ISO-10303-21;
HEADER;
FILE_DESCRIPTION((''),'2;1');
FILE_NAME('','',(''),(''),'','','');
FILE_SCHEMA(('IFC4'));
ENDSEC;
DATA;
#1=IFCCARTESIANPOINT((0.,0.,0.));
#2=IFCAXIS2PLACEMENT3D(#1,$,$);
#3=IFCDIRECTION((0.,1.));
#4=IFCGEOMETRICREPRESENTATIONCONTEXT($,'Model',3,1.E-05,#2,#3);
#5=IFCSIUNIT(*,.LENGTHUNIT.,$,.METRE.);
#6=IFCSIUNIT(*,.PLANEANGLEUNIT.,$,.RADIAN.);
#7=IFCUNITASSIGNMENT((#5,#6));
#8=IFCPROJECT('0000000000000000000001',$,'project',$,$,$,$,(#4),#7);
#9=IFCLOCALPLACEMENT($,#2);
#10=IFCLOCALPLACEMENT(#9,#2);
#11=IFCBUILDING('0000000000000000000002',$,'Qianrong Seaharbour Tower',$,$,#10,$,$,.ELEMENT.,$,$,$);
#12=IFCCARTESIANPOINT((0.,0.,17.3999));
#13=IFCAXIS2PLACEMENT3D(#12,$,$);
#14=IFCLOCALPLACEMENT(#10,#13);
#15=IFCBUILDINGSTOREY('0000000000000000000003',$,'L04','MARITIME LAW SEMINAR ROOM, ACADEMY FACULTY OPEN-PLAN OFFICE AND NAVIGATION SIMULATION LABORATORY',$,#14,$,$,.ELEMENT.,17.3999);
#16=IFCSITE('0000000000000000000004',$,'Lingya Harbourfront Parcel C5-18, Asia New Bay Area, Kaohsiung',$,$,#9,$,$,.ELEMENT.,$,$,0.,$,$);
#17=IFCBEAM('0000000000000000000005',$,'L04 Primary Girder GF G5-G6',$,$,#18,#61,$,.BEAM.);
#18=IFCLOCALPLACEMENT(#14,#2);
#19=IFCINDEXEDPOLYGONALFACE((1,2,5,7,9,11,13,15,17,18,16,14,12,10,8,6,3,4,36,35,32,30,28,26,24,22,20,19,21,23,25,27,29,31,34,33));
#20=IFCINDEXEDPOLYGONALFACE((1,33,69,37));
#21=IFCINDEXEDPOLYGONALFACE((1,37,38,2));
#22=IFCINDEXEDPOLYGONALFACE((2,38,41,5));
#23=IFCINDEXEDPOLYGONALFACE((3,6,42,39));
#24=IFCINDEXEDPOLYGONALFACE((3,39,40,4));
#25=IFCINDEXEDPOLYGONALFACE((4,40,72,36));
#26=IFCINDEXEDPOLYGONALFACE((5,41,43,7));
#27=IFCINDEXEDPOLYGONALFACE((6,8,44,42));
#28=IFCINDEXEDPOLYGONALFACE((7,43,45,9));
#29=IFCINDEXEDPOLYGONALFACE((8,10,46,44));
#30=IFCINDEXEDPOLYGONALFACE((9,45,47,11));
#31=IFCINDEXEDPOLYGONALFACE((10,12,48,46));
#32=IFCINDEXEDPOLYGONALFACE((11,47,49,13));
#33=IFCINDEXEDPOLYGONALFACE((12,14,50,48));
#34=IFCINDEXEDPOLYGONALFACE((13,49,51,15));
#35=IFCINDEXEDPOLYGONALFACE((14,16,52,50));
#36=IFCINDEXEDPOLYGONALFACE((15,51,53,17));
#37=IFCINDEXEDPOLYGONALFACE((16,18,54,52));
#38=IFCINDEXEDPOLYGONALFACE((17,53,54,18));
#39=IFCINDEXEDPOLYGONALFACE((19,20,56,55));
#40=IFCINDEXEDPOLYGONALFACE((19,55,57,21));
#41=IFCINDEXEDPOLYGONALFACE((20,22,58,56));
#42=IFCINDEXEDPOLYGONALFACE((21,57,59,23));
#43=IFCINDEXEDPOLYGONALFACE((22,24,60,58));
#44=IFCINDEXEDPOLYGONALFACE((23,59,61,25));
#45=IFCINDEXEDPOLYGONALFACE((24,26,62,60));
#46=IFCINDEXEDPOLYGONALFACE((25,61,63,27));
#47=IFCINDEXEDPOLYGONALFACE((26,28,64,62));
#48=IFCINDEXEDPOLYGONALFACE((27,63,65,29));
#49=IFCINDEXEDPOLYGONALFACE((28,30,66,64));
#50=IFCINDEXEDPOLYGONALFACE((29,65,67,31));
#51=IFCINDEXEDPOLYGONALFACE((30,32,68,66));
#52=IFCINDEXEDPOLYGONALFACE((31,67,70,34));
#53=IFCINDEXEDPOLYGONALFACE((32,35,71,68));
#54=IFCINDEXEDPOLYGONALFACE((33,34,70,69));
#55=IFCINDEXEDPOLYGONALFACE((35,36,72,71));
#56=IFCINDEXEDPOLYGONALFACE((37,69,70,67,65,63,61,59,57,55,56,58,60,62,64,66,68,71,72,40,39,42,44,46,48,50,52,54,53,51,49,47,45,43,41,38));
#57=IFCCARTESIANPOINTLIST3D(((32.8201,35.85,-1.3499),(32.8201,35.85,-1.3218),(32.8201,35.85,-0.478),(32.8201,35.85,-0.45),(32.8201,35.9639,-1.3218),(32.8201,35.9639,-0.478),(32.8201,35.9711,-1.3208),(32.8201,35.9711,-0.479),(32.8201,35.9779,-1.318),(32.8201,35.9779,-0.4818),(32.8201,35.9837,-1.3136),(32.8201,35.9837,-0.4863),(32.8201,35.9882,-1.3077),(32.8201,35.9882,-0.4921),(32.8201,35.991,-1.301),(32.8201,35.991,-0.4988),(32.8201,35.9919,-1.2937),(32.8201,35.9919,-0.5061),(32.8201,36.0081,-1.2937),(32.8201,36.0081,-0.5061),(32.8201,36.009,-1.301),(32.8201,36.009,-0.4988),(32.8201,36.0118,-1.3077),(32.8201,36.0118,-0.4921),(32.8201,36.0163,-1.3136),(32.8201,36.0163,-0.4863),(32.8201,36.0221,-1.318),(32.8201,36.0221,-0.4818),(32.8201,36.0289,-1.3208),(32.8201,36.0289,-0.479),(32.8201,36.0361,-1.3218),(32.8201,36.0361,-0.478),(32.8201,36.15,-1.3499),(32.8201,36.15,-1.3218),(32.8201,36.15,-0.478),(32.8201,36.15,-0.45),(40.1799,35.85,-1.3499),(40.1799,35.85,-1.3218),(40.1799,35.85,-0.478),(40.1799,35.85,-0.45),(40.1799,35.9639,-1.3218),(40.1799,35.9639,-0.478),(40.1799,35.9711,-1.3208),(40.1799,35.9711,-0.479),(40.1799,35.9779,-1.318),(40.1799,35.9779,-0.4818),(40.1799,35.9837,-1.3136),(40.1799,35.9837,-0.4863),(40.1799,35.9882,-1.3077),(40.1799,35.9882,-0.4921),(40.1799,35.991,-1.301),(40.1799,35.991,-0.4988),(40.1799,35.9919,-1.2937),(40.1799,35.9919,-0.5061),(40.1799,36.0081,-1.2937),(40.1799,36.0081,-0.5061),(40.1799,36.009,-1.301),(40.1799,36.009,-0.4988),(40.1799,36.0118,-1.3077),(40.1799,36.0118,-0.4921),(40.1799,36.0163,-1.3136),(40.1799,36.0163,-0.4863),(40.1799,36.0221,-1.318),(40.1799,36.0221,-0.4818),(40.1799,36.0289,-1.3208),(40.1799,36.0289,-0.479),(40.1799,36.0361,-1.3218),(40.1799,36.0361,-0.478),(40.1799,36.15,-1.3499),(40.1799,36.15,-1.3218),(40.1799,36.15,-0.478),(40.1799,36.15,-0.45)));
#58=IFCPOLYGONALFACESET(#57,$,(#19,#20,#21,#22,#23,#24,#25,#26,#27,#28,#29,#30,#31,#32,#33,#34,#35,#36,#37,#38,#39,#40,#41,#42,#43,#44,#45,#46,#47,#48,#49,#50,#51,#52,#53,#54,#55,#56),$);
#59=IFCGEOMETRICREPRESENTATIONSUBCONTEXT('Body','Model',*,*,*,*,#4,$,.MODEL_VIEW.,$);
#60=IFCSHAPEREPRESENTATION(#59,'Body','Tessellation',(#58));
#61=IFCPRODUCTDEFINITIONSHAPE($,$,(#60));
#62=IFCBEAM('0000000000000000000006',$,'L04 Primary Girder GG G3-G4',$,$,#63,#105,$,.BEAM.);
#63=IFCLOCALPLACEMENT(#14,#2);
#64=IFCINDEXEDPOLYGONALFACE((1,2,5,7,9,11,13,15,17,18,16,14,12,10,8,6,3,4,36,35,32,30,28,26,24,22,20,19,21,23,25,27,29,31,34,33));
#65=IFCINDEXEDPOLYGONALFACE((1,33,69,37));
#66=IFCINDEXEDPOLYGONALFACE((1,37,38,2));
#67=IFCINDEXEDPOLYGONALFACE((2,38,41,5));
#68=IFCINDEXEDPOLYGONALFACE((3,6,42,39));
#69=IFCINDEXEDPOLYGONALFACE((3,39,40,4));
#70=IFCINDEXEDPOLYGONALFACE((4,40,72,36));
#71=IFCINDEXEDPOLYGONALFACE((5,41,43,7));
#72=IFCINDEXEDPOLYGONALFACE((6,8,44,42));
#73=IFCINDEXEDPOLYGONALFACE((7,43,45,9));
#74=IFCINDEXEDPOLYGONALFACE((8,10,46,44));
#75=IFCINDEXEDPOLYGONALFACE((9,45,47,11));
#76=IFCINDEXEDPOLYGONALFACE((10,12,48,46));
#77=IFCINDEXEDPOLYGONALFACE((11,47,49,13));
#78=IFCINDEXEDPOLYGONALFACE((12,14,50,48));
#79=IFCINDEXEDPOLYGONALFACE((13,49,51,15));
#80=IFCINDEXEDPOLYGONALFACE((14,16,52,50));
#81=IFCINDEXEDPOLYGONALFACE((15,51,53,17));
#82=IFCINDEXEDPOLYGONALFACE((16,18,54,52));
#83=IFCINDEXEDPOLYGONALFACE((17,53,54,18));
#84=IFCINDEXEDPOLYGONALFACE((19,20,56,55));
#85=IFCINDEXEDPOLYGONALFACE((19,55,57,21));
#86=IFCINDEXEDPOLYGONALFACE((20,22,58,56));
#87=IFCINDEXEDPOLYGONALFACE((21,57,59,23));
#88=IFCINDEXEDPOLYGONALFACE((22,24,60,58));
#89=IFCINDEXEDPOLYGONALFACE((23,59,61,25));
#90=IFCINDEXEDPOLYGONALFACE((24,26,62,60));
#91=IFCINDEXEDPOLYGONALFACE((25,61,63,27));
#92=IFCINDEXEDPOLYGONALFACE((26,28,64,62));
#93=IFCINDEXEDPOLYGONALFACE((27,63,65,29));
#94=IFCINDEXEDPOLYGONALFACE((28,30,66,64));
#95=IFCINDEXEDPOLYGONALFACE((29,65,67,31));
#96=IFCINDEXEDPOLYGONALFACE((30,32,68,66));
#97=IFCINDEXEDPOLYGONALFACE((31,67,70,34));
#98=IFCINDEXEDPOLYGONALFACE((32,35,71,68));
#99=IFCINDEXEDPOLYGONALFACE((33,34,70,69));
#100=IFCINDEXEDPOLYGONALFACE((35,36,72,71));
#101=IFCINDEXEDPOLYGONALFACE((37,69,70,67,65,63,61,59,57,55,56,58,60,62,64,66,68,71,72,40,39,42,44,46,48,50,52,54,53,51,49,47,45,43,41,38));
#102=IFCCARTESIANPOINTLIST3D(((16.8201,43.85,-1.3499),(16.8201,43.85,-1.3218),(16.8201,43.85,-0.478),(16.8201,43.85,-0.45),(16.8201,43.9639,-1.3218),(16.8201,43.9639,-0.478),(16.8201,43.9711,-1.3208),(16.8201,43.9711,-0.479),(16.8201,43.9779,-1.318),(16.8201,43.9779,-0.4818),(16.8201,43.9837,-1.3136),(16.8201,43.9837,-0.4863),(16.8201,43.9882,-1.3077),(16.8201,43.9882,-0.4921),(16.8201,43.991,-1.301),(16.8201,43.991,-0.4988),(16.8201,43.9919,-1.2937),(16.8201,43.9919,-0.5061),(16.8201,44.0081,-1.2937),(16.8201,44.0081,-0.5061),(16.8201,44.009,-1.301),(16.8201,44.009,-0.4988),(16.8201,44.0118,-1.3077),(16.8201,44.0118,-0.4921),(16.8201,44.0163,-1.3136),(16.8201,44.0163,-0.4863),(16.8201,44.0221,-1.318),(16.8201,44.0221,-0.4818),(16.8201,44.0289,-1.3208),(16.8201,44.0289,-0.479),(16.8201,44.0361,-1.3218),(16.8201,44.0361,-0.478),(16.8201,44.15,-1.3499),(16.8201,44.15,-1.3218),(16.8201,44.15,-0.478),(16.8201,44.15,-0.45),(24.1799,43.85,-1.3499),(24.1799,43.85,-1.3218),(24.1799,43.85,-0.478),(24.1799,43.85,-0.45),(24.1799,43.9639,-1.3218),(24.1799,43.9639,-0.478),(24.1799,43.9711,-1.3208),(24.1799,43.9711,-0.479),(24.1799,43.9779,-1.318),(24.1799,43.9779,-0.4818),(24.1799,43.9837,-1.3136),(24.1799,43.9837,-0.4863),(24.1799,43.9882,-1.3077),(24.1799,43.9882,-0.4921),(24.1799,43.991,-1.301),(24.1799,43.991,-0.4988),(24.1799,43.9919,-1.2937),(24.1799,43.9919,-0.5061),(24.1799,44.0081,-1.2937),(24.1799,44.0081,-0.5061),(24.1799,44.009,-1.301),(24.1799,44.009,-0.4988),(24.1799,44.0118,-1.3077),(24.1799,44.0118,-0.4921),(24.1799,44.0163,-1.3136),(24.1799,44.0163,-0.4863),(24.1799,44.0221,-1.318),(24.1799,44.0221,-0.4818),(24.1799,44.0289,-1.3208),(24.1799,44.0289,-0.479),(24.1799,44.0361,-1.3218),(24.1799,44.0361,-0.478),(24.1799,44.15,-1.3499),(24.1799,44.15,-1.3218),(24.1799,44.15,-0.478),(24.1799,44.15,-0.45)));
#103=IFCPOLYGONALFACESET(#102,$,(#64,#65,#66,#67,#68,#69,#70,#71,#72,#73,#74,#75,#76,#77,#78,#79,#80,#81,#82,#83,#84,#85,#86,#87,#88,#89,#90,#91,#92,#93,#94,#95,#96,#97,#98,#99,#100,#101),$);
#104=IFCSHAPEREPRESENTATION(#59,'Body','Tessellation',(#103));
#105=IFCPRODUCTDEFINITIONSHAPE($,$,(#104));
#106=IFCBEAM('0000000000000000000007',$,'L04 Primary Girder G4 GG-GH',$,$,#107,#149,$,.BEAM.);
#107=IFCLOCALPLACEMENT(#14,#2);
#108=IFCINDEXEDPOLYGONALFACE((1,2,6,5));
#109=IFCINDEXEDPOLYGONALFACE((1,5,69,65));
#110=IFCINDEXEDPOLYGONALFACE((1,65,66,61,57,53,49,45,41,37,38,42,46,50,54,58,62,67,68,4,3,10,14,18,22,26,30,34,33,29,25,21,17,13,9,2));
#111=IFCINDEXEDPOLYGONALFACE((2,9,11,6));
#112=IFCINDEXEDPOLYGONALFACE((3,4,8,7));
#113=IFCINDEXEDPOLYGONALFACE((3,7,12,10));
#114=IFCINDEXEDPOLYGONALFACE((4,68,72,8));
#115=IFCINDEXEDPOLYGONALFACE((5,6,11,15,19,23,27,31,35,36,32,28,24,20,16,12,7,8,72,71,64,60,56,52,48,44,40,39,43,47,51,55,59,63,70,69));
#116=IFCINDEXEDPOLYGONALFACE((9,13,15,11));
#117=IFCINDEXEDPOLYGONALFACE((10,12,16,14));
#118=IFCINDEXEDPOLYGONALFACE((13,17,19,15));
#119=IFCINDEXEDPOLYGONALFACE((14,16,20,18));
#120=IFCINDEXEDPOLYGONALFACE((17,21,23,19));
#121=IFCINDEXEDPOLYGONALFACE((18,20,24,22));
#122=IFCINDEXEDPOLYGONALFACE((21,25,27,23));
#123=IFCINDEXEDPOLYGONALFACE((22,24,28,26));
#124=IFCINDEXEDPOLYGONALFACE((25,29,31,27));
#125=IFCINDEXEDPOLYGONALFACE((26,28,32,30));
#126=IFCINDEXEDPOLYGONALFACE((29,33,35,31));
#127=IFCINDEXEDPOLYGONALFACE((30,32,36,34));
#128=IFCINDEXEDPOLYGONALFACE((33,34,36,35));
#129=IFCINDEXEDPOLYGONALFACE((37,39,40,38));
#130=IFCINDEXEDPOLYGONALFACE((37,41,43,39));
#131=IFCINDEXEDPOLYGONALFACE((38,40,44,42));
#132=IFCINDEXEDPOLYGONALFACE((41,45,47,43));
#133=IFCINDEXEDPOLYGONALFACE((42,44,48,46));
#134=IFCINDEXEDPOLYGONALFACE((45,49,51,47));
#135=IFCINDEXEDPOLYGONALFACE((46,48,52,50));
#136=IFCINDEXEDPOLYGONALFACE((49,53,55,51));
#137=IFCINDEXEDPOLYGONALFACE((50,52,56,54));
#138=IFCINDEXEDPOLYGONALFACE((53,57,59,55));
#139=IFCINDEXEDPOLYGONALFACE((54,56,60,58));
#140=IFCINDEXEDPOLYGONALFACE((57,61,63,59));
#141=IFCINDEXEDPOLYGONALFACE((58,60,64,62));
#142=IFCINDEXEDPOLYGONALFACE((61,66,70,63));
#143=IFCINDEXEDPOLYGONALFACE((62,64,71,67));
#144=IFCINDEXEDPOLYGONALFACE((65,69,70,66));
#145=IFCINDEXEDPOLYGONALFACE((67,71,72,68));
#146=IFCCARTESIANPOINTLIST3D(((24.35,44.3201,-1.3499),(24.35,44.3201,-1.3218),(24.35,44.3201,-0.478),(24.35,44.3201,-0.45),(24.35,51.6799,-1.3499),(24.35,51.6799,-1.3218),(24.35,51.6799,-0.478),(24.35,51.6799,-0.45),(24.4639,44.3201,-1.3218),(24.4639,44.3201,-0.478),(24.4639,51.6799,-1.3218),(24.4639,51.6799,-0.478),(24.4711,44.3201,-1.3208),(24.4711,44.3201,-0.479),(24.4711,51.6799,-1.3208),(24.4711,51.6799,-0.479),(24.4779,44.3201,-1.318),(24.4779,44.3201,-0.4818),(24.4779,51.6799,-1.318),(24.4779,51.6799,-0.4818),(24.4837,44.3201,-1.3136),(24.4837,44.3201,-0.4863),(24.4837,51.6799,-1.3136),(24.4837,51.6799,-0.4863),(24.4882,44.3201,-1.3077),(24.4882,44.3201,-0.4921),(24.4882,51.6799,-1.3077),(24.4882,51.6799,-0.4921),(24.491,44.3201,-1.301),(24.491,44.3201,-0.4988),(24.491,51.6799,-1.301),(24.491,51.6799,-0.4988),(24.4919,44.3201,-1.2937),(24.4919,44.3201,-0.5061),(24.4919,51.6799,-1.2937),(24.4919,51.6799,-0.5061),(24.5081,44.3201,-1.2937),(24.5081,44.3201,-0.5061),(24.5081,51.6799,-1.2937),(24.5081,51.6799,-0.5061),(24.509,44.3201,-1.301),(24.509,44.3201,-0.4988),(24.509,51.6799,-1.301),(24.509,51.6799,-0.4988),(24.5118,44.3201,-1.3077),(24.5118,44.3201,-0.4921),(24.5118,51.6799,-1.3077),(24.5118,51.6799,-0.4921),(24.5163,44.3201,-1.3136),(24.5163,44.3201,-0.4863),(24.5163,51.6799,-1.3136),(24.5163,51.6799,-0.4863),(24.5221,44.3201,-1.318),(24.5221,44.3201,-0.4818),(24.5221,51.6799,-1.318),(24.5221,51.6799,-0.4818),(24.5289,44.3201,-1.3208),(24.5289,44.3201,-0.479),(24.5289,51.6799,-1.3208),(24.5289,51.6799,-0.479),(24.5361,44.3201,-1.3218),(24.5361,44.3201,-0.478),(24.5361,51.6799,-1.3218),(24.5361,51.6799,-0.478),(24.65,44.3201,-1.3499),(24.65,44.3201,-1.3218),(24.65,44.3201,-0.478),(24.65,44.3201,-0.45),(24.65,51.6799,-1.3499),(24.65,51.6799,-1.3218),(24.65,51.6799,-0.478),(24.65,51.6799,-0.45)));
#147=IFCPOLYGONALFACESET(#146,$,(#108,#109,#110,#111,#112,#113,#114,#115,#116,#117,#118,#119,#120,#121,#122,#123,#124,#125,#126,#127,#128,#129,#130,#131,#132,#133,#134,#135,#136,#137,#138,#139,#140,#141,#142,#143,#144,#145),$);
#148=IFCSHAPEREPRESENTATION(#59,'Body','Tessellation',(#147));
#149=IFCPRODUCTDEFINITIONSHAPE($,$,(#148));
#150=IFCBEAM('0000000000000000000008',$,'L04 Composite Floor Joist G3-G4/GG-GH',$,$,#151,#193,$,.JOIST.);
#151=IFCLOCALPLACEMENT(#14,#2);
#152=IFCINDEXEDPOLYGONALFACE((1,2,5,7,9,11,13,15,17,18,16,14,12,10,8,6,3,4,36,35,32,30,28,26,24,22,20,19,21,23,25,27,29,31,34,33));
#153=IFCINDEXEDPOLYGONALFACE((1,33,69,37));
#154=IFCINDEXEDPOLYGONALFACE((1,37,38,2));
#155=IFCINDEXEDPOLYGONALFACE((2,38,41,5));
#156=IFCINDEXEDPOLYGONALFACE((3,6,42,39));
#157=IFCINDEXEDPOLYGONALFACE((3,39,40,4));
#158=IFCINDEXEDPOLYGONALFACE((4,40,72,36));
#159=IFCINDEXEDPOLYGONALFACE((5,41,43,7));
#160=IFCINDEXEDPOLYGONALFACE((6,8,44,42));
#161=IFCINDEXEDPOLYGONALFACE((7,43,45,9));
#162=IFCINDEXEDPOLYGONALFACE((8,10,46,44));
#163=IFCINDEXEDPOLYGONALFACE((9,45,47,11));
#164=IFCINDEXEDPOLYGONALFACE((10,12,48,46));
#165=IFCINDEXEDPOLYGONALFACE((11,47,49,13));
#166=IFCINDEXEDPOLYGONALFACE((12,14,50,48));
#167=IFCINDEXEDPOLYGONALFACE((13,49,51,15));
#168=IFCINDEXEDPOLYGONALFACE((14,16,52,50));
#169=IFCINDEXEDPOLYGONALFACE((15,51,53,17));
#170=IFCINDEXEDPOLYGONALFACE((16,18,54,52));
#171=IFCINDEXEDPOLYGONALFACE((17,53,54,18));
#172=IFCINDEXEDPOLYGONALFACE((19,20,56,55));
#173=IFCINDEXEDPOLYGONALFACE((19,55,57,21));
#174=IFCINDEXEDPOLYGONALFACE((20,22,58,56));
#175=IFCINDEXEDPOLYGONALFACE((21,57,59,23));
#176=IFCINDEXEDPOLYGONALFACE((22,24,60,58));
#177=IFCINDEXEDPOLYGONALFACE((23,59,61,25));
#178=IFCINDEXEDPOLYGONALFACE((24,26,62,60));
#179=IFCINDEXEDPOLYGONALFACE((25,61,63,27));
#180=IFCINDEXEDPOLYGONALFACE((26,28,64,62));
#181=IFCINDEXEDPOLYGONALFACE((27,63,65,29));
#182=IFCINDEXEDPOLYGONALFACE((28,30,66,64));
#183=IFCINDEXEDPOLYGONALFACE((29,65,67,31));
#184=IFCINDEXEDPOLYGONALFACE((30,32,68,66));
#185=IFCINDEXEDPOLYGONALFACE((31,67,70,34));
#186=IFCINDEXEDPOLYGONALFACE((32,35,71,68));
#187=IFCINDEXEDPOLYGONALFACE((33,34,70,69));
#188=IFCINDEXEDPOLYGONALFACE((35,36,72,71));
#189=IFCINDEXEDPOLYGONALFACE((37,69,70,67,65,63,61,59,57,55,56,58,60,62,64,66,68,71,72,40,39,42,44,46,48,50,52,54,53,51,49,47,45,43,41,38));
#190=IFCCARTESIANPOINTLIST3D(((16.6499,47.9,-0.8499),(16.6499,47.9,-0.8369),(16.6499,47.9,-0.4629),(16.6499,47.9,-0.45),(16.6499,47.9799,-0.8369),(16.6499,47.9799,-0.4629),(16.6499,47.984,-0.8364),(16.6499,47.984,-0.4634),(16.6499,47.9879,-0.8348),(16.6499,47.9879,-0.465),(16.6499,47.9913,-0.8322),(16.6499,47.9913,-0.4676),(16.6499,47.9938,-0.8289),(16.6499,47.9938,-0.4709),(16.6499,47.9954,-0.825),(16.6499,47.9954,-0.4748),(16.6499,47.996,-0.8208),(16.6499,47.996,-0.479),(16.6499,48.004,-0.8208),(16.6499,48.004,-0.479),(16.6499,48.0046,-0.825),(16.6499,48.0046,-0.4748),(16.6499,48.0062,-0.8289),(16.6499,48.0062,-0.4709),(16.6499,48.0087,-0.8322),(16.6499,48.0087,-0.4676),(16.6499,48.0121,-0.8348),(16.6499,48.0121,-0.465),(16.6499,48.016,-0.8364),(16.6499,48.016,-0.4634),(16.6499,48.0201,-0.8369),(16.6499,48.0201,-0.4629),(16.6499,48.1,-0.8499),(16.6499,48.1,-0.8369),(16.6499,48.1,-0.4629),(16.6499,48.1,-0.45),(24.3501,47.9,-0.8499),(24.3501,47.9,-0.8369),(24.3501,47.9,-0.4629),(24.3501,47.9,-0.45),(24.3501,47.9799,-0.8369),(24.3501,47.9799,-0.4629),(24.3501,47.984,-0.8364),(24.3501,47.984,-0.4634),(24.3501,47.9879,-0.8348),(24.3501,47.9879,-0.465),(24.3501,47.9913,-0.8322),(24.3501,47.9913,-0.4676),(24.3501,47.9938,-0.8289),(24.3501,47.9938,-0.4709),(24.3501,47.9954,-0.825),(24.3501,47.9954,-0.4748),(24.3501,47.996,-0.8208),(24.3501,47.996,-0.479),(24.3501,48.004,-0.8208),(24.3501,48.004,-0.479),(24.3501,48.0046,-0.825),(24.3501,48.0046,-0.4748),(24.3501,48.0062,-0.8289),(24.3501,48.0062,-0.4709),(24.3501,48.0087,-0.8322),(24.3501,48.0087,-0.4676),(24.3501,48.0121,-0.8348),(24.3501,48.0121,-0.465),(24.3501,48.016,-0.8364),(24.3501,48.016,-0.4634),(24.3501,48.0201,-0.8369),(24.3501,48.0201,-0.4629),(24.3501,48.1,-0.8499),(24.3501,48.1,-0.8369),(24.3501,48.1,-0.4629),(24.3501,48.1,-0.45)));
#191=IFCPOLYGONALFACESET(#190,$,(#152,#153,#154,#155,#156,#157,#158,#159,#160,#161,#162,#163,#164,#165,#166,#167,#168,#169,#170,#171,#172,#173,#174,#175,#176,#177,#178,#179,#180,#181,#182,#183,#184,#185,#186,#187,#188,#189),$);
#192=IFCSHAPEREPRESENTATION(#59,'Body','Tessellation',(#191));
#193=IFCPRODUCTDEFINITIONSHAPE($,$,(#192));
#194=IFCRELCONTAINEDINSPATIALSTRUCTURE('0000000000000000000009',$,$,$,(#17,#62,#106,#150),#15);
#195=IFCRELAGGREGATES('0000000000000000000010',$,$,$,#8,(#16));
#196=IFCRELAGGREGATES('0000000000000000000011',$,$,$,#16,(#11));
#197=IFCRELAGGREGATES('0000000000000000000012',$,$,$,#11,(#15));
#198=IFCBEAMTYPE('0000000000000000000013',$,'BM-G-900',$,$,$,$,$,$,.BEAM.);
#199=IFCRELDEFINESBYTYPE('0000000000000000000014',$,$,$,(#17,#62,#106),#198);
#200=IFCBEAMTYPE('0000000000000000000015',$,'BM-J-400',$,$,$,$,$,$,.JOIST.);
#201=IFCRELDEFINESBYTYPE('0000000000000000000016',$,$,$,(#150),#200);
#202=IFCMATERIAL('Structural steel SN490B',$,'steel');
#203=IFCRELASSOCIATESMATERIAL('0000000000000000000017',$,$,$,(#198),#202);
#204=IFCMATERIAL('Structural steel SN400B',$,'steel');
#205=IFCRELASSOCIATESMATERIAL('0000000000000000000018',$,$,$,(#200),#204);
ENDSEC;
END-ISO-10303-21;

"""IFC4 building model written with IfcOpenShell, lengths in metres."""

from ifc_helpers import new_model, si_unit, direction, frame, origin, origin_2d, place, context, subcontext, project, spatial, i_section, extrude, material, material_profile, profile_set, type_object, element, save


model = new_model("IFC4")

# Units and contexts
model_context = context("Model", 3, precision=1e-05, world=origin(), true_north=direction((0.0, 1.0)))
body_context = subcontext(model_context, "Body", "Model", "MODEL_VIEW")
ifc_project = project(units=[si_unit("LENGTHUNIT", "METRE"), si_unit("PLANEANGLEUNIT", "RADIAN")], contexts=[model_context])

# Site, building, storey
site_placement = place(None, origin())
site = spatial("IfcSite", under=ifc_project, at=site_placement, Name="Lingya Harbourfront Parcel C5-18, Asia New Bay Area, Kaohsiung", CompositionType="ELEMENT", RefElevation=0.0)
building_placement = place(site_placement, origin())
building = spatial("IfcBuilding", under=site, at=building_placement, Name="Qianrong Seaharbour Tower", CompositionType="ELEMENT")
storey_placement = place(building_placement, frame((0.0, 0.0, 17.3999)))
storey = spatial("IfcBuildingStorey", under=building, at=storey_placement, Name="L04", Description="MARITIME LAW SEMINAR ROOM, ACADEMY FACULTY OPEN-PLAN OFFICE AND NAVIGATION SIMULATION LABORATORY", CompositionType="ELEMENT", Elevation=17.3999)

# Shared definitions
ifc_material_1 = material(Name="Structural steel SN490B", Category="steel")

# Beams
ifc_material_profile_1 = material_profile(ifc_material_1, i_section(OverallWidth=0.3, OverallDepth=0.8999, WebThickness=0.0161, FlangeThickness=0.0281, FilletRadius=0.0281, at=origin_2d()), Name="H900x300x16x28")
ifc_profile_set_1 = profile_set([ifc_material_profile_1], Name="Structural steel SN490B")
beam_type_1 = type_object("IfcBeamType", Name="BM-G-900", PredefinedType="BEAM", material=ifc_profile_set_1)
for number, where, z_axis, x_axis, name in (
    (1, (32.8201, 36.0, -0.8999), (1.0, 0.0, 0.0), (0.0, 1.0, 0.0), "L04 Primary Girder GF G5-G6"),
    (2, (16.8201, 44.0, -0.8999), (1.0, 0.0, 0.0), (0.0, 1.0, 0.0), "L04 Primary Girder GG G3-G4"),
    (3, (24.5, 44.3201, -0.8999), (0.0, 1.0, 0.0), (-1.0, 0.0, 0.0), "L04 Primary Girder G4 GG-GH"),
):
    element("IfcBeam", number, at=place(storey_placement, frame(where, z_axis=z_axis, x_axis=x_axis)), inside=storey, type_object=beam_type_1, Name=name, PredefinedType="BEAM", context=body_context, shape_type="SweptSolid", body=[
        extrude(i_section(OverallWidth=0.3, OverallDepth=0.8999, WebThickness=0.0161, FlangeThickness=0.0281, FilletRadius=0.0281, at=origin_2d()), origin(), (0.0, 0.0, 1.0), 7.3599),
    ])
ifc_material_2 = material(Name="Structural steel SN400B", Category="steel")
ifc_material_profile_2 = material_profile(ifc_material_2, i_section(OverallWidth=0.2, OverallDepth=0.3999, WebThickness=0.0081, FlangeThickness=0.0129, FilletRadius=0.0161, at=origin_2d()), Name="H400x200x8x13")
ifc_profile_set_2 = profile_set([ifc_material_profile_2], Name="Structural steel SN400B")
beam_type_2 = type_object("IfcBeamType", Name="BM-J-400", PredefinedType="JOIST", material=ifc_profile_set_2)
beam_placement = place(storey_placement, frame((16.6499, 48.0, -0.6499), z_axis=(1.0, 0.0, 0.0), x_axis=(0.0, 1.0, 0.0)))
element("IfcBeam", 4, at=beam_placement, inside=storey, type_object=beam_type_2, Name="L04 Composite Floor Joist G3-G4/GG-GH", PredefinedType="JOIST", context=body_context, shape_type="SweptSolid", body=[
    extrude(i_section(OverallWidth=0.2, OverallDepth=0.3999, WebThickness=0.0081, FlangeThickness=0.0129, FilletRadius=0.0161, at=origin_2d()), origin(), (0.0, 0.0, 1.0), 7.7002),
])

save(model, "model.ifc")
